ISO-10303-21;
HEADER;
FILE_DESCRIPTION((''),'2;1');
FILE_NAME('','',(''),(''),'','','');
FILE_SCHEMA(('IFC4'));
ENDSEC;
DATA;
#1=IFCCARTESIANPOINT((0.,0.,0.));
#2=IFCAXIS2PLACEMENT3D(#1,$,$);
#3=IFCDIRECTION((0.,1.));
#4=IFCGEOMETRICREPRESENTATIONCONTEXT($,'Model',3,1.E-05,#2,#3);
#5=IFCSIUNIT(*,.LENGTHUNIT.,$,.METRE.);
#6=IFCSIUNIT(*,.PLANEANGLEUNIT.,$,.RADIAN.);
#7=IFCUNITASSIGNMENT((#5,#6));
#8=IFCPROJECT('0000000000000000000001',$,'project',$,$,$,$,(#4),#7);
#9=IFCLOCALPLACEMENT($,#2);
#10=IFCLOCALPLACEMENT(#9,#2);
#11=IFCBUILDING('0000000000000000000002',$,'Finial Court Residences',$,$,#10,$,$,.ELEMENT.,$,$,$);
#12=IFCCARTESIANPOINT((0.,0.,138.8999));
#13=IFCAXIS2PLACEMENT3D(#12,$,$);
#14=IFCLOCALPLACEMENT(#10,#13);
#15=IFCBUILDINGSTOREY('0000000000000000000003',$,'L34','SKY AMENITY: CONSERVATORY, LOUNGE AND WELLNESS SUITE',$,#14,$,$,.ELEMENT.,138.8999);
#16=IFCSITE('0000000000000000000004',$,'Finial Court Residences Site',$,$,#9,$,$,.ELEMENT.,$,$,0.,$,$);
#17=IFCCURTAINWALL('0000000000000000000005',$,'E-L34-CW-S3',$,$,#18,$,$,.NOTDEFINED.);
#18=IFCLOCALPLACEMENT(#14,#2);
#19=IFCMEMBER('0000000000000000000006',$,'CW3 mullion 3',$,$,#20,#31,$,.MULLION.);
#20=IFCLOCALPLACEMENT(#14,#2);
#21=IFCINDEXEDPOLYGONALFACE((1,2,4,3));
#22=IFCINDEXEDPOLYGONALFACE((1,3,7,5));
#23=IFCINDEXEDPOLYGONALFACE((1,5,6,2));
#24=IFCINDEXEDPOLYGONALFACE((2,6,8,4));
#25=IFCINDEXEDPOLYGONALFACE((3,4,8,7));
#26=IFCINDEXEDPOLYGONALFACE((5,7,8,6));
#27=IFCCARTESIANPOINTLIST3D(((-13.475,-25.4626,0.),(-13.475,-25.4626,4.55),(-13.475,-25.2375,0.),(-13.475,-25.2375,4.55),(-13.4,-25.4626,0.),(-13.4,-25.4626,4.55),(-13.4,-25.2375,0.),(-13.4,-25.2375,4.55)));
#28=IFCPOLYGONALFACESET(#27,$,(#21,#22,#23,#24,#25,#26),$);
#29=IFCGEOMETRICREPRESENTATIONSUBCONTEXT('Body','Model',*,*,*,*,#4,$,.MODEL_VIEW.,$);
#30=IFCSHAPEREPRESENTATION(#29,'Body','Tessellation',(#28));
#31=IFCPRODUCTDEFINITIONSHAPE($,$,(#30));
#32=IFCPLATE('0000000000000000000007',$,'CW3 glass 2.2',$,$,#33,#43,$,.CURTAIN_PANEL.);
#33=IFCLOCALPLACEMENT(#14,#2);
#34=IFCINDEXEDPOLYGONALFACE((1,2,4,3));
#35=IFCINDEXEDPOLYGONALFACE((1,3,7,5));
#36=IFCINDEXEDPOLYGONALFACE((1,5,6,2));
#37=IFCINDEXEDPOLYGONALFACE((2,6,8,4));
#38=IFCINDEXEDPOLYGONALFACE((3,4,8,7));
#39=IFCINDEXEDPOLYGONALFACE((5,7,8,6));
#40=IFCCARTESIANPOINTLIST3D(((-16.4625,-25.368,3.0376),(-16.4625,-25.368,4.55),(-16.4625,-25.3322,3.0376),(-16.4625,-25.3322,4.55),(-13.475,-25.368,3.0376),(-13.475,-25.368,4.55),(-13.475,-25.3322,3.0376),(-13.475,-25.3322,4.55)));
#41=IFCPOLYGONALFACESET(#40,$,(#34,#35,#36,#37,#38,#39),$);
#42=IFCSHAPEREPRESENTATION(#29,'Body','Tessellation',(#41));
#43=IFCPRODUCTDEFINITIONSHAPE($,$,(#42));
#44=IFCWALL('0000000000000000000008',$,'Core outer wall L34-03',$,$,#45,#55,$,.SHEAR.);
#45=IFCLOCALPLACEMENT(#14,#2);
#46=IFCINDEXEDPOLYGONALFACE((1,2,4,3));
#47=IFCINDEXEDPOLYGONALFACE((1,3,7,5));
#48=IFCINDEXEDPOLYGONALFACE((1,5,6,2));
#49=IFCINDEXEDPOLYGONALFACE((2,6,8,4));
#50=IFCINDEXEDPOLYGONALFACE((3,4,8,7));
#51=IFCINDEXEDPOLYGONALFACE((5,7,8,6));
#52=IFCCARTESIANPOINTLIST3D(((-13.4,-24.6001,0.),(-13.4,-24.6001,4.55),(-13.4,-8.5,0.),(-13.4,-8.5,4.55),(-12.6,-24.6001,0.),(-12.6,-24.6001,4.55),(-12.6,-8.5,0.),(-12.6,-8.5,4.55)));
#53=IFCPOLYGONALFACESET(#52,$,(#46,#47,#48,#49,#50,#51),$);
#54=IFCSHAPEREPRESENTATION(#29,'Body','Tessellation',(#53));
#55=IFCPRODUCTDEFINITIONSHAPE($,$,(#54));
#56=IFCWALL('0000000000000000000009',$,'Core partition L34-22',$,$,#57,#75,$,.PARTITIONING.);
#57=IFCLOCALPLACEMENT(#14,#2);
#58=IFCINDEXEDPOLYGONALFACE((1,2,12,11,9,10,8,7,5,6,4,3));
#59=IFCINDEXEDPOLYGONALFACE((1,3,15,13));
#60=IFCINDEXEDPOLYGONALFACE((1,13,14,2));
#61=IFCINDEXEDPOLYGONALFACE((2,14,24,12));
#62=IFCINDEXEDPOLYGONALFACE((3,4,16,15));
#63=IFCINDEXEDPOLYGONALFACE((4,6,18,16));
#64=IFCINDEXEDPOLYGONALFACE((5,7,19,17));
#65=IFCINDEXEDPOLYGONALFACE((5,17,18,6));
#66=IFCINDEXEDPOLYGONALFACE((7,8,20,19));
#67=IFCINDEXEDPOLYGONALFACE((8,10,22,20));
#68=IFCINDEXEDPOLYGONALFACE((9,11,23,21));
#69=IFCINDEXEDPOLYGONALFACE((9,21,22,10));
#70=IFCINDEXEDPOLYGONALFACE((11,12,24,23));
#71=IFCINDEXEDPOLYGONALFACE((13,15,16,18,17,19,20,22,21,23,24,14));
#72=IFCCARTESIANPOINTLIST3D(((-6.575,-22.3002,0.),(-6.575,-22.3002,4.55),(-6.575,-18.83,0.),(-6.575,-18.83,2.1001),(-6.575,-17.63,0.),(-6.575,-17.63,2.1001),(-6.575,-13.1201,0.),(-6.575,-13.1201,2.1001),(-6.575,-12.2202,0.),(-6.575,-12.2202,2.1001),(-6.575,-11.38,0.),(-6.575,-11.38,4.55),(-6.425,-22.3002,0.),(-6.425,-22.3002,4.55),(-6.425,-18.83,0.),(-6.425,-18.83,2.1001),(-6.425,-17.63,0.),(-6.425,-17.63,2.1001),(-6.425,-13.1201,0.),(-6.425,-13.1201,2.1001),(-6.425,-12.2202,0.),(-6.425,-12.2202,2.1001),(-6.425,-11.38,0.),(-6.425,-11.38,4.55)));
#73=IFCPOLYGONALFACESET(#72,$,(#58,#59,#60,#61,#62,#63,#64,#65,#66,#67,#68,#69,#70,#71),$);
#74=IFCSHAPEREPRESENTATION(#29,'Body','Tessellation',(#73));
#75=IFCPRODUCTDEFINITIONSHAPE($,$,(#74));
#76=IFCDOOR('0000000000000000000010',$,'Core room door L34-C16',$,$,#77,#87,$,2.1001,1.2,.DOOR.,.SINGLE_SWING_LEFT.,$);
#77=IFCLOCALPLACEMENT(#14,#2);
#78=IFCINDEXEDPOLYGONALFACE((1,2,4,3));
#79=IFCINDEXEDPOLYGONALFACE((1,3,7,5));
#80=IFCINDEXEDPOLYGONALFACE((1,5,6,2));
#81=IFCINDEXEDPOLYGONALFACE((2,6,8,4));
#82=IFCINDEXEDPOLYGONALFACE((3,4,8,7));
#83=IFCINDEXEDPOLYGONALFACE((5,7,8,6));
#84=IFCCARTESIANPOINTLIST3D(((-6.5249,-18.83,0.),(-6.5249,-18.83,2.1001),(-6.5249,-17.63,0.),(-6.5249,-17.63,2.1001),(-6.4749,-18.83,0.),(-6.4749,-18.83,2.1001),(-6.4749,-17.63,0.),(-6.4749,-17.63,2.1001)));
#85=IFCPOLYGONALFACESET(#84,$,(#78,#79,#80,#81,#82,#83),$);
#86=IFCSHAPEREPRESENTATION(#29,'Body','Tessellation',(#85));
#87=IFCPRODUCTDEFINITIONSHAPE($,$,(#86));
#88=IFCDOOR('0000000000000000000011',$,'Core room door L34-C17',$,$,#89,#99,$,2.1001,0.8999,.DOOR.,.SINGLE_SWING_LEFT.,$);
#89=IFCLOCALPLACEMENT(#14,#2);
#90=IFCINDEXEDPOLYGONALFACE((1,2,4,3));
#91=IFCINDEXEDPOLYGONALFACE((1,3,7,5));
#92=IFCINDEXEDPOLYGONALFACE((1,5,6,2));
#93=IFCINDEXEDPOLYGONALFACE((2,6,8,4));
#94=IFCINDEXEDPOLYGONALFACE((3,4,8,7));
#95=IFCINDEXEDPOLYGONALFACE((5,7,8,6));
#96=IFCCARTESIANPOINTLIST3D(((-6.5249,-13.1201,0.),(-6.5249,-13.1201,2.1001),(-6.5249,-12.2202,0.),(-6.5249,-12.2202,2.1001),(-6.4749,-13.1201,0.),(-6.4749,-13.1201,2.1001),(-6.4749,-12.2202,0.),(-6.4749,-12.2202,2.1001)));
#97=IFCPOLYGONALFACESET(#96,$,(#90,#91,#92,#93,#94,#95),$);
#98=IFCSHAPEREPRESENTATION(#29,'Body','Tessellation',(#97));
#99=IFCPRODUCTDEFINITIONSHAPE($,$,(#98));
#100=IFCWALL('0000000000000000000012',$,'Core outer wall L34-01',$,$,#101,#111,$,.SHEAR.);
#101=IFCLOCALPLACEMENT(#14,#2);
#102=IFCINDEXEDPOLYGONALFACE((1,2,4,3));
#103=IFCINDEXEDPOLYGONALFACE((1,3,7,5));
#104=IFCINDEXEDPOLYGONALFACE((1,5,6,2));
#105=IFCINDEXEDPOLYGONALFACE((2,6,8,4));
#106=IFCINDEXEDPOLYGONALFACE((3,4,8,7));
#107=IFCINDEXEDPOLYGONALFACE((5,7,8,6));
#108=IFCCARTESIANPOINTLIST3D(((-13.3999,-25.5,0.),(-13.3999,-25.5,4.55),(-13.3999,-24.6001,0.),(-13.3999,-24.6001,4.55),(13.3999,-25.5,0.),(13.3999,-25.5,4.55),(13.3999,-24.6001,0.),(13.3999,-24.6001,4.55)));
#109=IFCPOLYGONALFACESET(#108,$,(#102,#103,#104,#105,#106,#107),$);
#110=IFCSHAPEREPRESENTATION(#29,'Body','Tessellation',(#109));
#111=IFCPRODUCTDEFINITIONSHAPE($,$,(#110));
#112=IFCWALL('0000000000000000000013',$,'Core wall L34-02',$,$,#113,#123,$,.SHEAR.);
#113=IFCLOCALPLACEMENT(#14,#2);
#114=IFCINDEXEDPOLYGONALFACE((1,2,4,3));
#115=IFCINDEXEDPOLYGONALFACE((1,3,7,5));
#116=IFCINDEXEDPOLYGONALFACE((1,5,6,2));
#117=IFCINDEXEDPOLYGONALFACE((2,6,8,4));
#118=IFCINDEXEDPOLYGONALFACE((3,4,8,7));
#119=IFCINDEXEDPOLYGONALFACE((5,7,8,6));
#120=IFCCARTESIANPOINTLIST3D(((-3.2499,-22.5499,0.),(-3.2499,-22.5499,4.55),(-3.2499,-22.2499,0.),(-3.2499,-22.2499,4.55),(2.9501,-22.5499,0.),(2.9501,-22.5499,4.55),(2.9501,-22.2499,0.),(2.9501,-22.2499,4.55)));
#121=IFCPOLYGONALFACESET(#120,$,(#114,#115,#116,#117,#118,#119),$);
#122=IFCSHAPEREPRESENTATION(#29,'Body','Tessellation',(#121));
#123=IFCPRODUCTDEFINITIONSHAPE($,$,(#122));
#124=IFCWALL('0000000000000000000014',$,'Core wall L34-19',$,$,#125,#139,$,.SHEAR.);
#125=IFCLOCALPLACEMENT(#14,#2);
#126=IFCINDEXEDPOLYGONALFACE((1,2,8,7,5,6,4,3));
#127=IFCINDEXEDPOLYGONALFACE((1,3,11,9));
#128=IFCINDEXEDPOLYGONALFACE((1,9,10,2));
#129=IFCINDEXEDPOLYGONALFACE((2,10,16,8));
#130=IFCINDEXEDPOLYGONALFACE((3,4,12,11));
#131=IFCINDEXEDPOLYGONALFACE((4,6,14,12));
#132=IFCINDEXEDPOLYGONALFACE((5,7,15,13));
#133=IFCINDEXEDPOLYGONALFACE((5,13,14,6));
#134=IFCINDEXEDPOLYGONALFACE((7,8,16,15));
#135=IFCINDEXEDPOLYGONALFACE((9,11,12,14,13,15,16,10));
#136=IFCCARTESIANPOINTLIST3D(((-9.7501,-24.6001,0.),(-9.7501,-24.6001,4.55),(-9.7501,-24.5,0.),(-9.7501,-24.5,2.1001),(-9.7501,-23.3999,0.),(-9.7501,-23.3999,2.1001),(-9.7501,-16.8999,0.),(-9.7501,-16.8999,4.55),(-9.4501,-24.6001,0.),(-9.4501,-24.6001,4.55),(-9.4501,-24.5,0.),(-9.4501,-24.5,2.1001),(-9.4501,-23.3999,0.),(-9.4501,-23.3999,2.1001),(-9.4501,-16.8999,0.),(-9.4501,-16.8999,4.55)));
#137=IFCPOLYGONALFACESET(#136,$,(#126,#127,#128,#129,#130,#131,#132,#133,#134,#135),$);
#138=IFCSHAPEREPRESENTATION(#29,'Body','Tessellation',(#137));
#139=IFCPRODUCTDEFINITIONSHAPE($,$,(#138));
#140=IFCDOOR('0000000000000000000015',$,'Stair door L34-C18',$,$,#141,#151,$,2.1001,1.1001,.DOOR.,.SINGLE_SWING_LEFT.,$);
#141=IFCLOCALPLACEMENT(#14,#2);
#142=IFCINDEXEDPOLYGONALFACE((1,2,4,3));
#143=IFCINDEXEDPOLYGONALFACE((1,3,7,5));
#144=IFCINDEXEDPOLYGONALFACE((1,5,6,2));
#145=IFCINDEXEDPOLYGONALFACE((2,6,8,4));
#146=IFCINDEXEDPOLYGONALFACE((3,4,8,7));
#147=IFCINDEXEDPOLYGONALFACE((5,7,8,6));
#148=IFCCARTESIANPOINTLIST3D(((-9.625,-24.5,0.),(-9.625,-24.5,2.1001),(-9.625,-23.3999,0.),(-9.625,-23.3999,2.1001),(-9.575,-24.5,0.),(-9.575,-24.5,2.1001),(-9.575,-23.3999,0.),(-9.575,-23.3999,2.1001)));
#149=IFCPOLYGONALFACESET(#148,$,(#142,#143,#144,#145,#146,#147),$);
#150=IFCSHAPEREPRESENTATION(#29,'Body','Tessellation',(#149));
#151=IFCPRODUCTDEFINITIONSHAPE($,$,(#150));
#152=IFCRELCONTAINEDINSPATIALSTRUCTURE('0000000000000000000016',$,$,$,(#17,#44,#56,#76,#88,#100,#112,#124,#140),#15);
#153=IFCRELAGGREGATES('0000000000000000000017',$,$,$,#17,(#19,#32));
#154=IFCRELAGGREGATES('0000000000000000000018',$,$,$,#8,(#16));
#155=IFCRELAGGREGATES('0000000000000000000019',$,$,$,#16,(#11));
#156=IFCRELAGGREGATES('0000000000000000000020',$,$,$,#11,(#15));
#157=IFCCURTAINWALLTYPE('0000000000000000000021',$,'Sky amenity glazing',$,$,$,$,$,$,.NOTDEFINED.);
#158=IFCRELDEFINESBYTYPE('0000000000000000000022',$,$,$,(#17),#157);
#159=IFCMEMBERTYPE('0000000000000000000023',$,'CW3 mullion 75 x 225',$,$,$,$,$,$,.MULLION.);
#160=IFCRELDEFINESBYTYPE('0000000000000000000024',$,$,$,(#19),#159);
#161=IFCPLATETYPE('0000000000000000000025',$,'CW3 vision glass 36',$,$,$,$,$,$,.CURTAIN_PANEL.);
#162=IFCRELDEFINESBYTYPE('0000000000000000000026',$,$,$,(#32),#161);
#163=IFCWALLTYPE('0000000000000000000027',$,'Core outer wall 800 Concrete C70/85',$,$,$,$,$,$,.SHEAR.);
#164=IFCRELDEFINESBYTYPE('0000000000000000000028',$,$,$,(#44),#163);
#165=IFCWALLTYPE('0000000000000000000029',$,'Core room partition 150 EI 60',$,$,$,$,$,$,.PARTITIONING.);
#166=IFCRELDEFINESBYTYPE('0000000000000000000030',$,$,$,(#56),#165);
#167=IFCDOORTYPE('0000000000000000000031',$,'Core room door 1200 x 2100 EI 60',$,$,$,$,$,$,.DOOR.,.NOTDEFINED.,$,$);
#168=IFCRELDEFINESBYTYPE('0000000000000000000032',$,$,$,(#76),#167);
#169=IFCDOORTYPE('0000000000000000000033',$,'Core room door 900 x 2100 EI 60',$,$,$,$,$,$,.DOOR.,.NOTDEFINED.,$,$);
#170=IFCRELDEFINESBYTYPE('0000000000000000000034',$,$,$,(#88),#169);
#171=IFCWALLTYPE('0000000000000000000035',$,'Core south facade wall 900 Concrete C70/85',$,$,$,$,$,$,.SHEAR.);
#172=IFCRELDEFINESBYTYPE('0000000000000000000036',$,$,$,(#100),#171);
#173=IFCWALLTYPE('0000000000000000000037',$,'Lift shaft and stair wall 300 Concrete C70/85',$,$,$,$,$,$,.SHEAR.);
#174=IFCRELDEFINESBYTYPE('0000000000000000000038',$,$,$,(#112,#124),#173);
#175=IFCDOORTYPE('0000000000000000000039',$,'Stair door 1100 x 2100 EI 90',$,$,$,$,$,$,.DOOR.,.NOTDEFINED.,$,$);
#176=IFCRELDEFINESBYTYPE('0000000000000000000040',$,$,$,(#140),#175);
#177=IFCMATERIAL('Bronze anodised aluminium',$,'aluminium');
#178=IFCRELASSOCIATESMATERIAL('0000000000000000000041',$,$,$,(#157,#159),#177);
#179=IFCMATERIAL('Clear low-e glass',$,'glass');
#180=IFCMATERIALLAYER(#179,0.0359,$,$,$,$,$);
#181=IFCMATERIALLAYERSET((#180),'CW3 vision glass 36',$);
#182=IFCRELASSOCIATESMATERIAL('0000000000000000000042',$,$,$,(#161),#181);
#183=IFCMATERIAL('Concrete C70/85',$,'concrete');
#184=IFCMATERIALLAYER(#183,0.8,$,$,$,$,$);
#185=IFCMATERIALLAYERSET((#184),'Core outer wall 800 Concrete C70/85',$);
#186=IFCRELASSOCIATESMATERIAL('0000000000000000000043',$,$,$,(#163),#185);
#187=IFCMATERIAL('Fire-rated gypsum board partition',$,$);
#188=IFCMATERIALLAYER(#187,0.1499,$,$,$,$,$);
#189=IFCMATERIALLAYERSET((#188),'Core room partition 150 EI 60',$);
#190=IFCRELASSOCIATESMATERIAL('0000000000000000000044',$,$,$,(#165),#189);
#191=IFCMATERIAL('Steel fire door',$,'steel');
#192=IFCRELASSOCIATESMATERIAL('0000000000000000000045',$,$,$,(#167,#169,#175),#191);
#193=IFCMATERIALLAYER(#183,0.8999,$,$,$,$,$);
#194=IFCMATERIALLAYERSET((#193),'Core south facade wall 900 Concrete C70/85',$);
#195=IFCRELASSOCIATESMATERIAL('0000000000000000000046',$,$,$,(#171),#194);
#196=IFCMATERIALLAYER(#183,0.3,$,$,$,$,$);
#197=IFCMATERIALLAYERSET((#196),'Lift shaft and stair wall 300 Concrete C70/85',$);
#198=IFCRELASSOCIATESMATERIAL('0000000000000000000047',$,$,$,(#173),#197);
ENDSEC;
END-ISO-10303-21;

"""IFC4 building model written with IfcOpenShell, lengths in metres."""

from ifc_helpers import new_model, si_unit, direction, frame, frame_2d, origin, origin_2d, place, context, subcontext, project, spatial, rectangle, extrude, material, layer, layer_set, material_profile, profile_set, type_object, element, fill, aggregate, save


model = new_model("IFC4")

# Units and contexts
model_context = context("Model", 3, precision=1e-05, world=origin(), true_north=direction((0.0, 1.0)))
body_context = subcontext(model_context, "Body", "Model", "MODEL_VIEW")
ifc_project = project(units=[si_unit("LENGTHUNIT", "METRE"), si_unit("PLANEANGLEUNIT", "RADIAN")], contexts=[model_context])

# Site, building, storey
site_placement = place(None, origin())
site = spatial("IfcSite", under=ifc_project, at=site_placement, Name="Finial Court Residences Site", CompositionType="ELEMENT", RefElevation=0.0)
building_placement = place(site_placement, origin())
building = spatial("IfcBuilding", under=site, at=building_placement, Name="Finial Court Residences", CompositionType="ELEMENT")
storey_placement = place(building_placement, frame((0.0, 0.0, 138.8999)))
storey = spatial("IfcBuildingStorey", under=building, at=storey_placement, Name="L34", Description="SKY AMENITY: CONSERVATORY, LOUNGE AND WELLNESS SUITE", CompositionType="ELEMENT", Elevation=138.8999)

# Curtain wall, member, plate
ifc_material_1 = material(Name="Bronze anodised aluminium", Category="aluminium")
curtain_wall_type = type_object("IfcCurtainWallType", Name="Sky amenity glazing", PredefinedType="NOTDEFINED", material=ifc_material_1)
curtain_wall_placement = place(storey_placement, origin())
curtain_wall = element("IfcCurtainWall", 1, at=curtain_wall_placement, inside=storey, type_object=curtain_wall_type, Name="E-L34-CW-S3", PredefinedType="NOTDEFINED")
ifc_material_profile = material_profile(ifc_material_1, rectangle(XDim=0.2251, YDim=0.075, at=origin_2d()), Name="CW3 mullion 75 x 225")
ifc_profile_set = profile_set([ifc_material_profile], Name="Bronze anodised aluminium")
member_type = type_object("IfcMemberType", Name="CW3 mullion 75 x 225", PredefinedType="MULLION", material=ifc_profile_set)
member_placement = place(storey_placement, frame((-13.4375, -25.3501, 0.0), z_axis=(0.0, 0.0, 1.0), x_axis=(0.0, 1.0, 0.0)))
member = element("IfcMember", 2, at=member_placement, type_object=member_type, Name="CW3 mullion 3", PredefinedType="MULLION", context=body_context, shape_type="SweptSolid", body=[
    extrude(rectangle(XDim=0.2251, YDim=0.075, at=origin_2d()), origin(), (0.0, 0.0, 1.0), 4.55),
])
ifc_material_2 = material(Name="Clear low-e glass", Category="glass")
ifc_layer_1 = layer(ifc_material_2, 0.0359)
ifc_layer_set_1 = layer_set([ifc_layer_1], Name="CW3 vision glass 36")
plate_type = type_object("IfcPlateType", Name="CW3 vision glass 36", PredefinedType="CURTAIN_PANEL", material=ifc_layer_set_1)
plate_placement = place(storey_placement, frame((-14.9688, -25.3501, 3.0376), z_axis=(0.0, 0.0, 1.0), x_axis=(1.0, 0.0, 0.0)))
plate = element("IfcPlate", 3, at=plate_placement, type_object=plate_type, Name="CW3 glass 2.2", PredefinedType="CURTAIN_PANEL", context=body_context, shape_type="SweptSolid", body=[
    extrude(rectangle(XDim=2.9875, YDim=0.0359, at=origin_2d()), origin(), (0.0, 0.0, 1.0), 1.5125),
])
aggregate(curtain_wall, [member, plate])

# Wall
ifc_material_3 = material(Name="Concrete C70/85", Category="concrete")
ifc_layer_2 = layer(ifc_material_3, 0.8)
ifc_layer_set_2 = layer_set([ifc_layer_2], Name="Core outer wall 800 Concrete C70/85")
wall_type_1 = type_object("IfcWallType", Name="Core outer wall 800 Concrete C70/85", PredefinedType="SHEAR", material=ifc_layer_set_2)
wall_1_placement = place(storey_placement, frame((-13.0, -24.6001, 0.0), z_axis=(0.0, 0.0, 1.0), x_axis=(0.0, 1.0, 0.0)))
element("IfcWall", 4, at=wall_1_placement, inside=storey, type_object=wall_type_1, Name="Core outer wall L34-03", PredefinedType="SHEAR", context=body_context, shape_type="SweptSolid", body=[
    extrude(rectangle(XDim=16.1001, YDim=0.8, at=frame_2d((8.05, 0.0))), origin(), (0.0, 0.0, 1.0), 4.55),
])

# Wall, openings, doors
ifc_material_4 = material(Name="Fire-rated gypsum board partition")
ifc_layer_3 = layer(ifc_material_4, 0.1499)
ifc_layer_set_3 = layer_set([ifc_layer_3], Name="Core room partition 150 EI 60")
wall_type_2 = type_object("IfcWallType", Name="Core room partition 150 EI 60", PredefinedType="PARTITIONING", material=ifc_layer_set_3)
wall_2_placement = place(storey_placement, frame((-6.5, -22.3, 0.0), z_axis=(0.0, 0.0, 1.0), x_axis=(0.0, 1.0, 0.0)))
wall_2 = element("IfcWall", 5, at=wall_2_placement, inside=storey, type_object=wall_type_2, Name="Core partition L34-22", PredefinedType="PARTITIONING", context=body_context, shape_type="SweptSolid", body=[
    extrude(rectangle(XDim=10.9202, YDim=0.1499, at=frame_2d((5.46, 0.0))), origin(), (0.0, 0.0, 1.0), 4.55),
])
opening_1_placement = place(wall_2_placement, frame((3.47, 0.0, 0.0)))
opening_1 = element("IfcOpeningElement", 6, at=opening_1_placement, cuts=wall_2, PredefinedType="OPENING", context=body_context, shape_type="SweptSolid", body=[
    extrude(rectangle(XDim=1.2, YDim=2.1001, at=frame_2d((0.6001, 1.05))), frame((0.0, 0.085, 0.0), z_axis=(0.0, -1.0, 0.0), x_axis=(1.0, 0.0, 0.0)), (0.0, 0.0, 1.0), 0.1699),
])
opening_2_placement = place(wall_2_placement, frame((9.1799, 0.0, 0.0)))
opening_2 = element("IfcOpeningElement", 7, at=opening_2_placement, cuts=wall_2, PredefinedType="OPENING", context=body_context, shape_type="SweptSolid", body=[
    extrude(rectangle(XDim=0.8999, YDim=2.1001, at=frame_2d((0.45, 1.05))), frame((0.0, 0.085, 0.0), z_axis=(0.0, -1.0, 0.0), x_axis=(1.0, 0.0, 0.0)), (0.0, 0.0, 1.0), 0.1699),
])
ifc_material_5 = material(Name="Steel fire door", Category="steel")
door_type_1 = type_object("IfcDoorType", Name="Core room door 1200 x 2100 EI 60", OperationType="NOTDEFINED", PredefinedType="DOOR", material=ifc_material_5)
door_1_placement = place(opening_1_placement, origin())
door_1 = element("IfcDoor", 8, at=door_1_placement, inside=storey, type_object=door_type_1, Name="Core room door L34-C16", OperationType="SINGLE_SWING_LEFT", OverallHeight=2.1001, OverallWidth=1.2, PredefinedType="DOOR", context=body_context, shape_type="SweptSolid", body=[
    extrude(rectangle(XDim=1.2, YDim=2.1001, at=frame_2d((0.6001, 1.05))), frame((0.0, 0.0249, 0.0), z_axis=(0.0, -1.0, 0.0), x_axis=(1.0, 0.0, 0.0)), (0.0, 0.0, 1.0), 0.05),
])
fill(opening_1, door_1)
door_type_2 = type_object("IfcDoorType", Name="Core room door 900 x 2100 EI 60", OperationType="NOTDEFINED", PredefinedType="DOOR", material=ifc_material_5)
door_2_placement = place(opening_2_placement, origin())
door_2 = element("IfcDoor", 9, at=door_2_placement, inside=storey, type_object=door_type_2, Name="Core room door L34-C17", OperationType="SINGLE_SWING_LEFT", OverallHeight=2.1001, OverallWidth=0.8999, PredefinedType="DOOR", context=body_context, shape_type="SweptSolid", body=[
    extrude(rectangle(XDim=0.8999, YDim=2.1001, at=frame_2d((0.45, 1.05))), frame((0.0, 0.0249, 0.0), z_axis=(0.0, -1.0, 0.0), x_axis=(1.0, 0.0, 0.0)), (0.0, 0.0, 1.0), 0.05),
])
fill(opening_2, door_2)

# Walls
ifc_layer_4 = layer(ifc_material_3, 0.8999)
ifc_layer_set_4 = layer_set([ifc_layer_4], Name="Core south facade wall 900 Concrete C70/85")
wall_type_3 = type_object("IfcWallType", Name="Core south facade wall 900 Concrete C70/85", PredefinedType="SHEAR", material=ifc_layer_set_4)
wall_3_placement = place(storey_placement, frame((-13.3999, -25.05, 0.0), z_axis=(0.0, 0.0, 1.0), x_axis=(1.0, 0.0, 0.0)))
element("IfcWall", 10, at=wall_3_placement, inside=storey, type_object=wall_type_3, Name="Core outer wall L34-01", PredefinedType="SHEAR", context=body_context, shape_type="SweptSolid", body=[
    extrude(rectangle(XDim=26.7998, YDim=0.8999, at=frame_2d((13.3999, 0.0))), origin(), (0.0, 0.0, 1.0), 4.55),
])
ifc_layer_5 = layer(ifc_material_3, 0.3)
ifc_layer_set_5 = layer_set([ifc_layer_5], Name="Lift shaft and stair wall 300 Concrete C70/85")
wall_type_4 = type_object("IfcWallType", Name="Lift shaft and stair wall 300 Concrete C70/85", PredefinedType="SHEAR", material=ifc_layer_set_5)
wall_4_placement = place(storey_placement, frame((-3.25, -22.3999, 0.0), z_axis=(0.0, 0.0, 1.0), x_axis=(1.0, 0.0, 0.0)))
element("IfcWall", 11, at=wall_4_placement, inside=storey, type_object=wall_type_4, Name="Core wall L34-02", PredefinedType="SHEAR", context=body_context, shape_type="SweptSolid", body=[
    extrude(rectangle(XDim=6.2, YDim=0.3, at=frame_2d((3.1001, 0.0))), origin(), (0.0, 0.0, 1.0), 4.55),
])

# Wall, opening, door
wall_5_placement = place(storey_placement, frame((-9.6001, -24.6001, 0.0), z_axis=(0.0, 0.0, 1.0), x_axis=(0.0, 1.0, 0.0)))
wall_5 = element("IfcWall", 12, at=wall_5_placement, inside=storey, type_object=wall_type_4, Name="Core wall L34-19", PredefinedType="SHEAR", context=body_context, shape_type="SweptSolid", body=[
    extrude(rectangle(XDim=7.7002, YDim=0.3, at=frame_2d((3.8501, 0.0))), origin(), (0.0, 0.0, 1.0), 4.55),
])
opening_3_placement = place(wall_5_placement, frame((0.1001, 0.0, 0.0)))
opening_3 = element("IfcOpeningElement", 13, at=opening_3_placement, cuts=wall_5, PredefinedType="OPENING", context=body_context, shape_type="SweptSolid", body=[
    extrude(rectangle(XDim=1.1001, YDim=2.1001, at=frame_2d((0.55, 1.05))), frame((0.0, 0.1599, 0.0), z_axis=(0.0, -1.0, 0.0), x_axis=(1.0, 0.0, 0.0)), (0.0, 0.0, 1.0), 0.3201),
])
door_type_3 = type_object("IfcDoorType", Name="Stair door 1100 x 2100 EI 90", OperationType="NOTDEFINED", PredefinedType="DOOR", material=ifc_material_5)
door_3_placement = place(opening_3_placement, origin())
door_3 = element("IfcDoor", 14, at=door_3_placement, inside=storey, type_object=door_type_3, Name="Stair door L34-C18", OperationType="SINGLE_SWING_LEFT", OverallHeight=2.1001, OverallWidth=1.1001, PredefinedType="DOOR", context=body_context, shape_type="SweptSolid", body=[
    extrude(rectangle(XDim=1.1001, YDim=2.1001, at=frame_2d((0.55, 1.05))), frame((0.0, 0.0249, 0.0), z_axis=(0.0, -1.0, 0.0), x_axis=(1.0, 0.0, 0.0)), (0.0, 0.0, 1.0), 0.05),
])
fill(opening_3, door_3)

save(model, "model.ifc")
